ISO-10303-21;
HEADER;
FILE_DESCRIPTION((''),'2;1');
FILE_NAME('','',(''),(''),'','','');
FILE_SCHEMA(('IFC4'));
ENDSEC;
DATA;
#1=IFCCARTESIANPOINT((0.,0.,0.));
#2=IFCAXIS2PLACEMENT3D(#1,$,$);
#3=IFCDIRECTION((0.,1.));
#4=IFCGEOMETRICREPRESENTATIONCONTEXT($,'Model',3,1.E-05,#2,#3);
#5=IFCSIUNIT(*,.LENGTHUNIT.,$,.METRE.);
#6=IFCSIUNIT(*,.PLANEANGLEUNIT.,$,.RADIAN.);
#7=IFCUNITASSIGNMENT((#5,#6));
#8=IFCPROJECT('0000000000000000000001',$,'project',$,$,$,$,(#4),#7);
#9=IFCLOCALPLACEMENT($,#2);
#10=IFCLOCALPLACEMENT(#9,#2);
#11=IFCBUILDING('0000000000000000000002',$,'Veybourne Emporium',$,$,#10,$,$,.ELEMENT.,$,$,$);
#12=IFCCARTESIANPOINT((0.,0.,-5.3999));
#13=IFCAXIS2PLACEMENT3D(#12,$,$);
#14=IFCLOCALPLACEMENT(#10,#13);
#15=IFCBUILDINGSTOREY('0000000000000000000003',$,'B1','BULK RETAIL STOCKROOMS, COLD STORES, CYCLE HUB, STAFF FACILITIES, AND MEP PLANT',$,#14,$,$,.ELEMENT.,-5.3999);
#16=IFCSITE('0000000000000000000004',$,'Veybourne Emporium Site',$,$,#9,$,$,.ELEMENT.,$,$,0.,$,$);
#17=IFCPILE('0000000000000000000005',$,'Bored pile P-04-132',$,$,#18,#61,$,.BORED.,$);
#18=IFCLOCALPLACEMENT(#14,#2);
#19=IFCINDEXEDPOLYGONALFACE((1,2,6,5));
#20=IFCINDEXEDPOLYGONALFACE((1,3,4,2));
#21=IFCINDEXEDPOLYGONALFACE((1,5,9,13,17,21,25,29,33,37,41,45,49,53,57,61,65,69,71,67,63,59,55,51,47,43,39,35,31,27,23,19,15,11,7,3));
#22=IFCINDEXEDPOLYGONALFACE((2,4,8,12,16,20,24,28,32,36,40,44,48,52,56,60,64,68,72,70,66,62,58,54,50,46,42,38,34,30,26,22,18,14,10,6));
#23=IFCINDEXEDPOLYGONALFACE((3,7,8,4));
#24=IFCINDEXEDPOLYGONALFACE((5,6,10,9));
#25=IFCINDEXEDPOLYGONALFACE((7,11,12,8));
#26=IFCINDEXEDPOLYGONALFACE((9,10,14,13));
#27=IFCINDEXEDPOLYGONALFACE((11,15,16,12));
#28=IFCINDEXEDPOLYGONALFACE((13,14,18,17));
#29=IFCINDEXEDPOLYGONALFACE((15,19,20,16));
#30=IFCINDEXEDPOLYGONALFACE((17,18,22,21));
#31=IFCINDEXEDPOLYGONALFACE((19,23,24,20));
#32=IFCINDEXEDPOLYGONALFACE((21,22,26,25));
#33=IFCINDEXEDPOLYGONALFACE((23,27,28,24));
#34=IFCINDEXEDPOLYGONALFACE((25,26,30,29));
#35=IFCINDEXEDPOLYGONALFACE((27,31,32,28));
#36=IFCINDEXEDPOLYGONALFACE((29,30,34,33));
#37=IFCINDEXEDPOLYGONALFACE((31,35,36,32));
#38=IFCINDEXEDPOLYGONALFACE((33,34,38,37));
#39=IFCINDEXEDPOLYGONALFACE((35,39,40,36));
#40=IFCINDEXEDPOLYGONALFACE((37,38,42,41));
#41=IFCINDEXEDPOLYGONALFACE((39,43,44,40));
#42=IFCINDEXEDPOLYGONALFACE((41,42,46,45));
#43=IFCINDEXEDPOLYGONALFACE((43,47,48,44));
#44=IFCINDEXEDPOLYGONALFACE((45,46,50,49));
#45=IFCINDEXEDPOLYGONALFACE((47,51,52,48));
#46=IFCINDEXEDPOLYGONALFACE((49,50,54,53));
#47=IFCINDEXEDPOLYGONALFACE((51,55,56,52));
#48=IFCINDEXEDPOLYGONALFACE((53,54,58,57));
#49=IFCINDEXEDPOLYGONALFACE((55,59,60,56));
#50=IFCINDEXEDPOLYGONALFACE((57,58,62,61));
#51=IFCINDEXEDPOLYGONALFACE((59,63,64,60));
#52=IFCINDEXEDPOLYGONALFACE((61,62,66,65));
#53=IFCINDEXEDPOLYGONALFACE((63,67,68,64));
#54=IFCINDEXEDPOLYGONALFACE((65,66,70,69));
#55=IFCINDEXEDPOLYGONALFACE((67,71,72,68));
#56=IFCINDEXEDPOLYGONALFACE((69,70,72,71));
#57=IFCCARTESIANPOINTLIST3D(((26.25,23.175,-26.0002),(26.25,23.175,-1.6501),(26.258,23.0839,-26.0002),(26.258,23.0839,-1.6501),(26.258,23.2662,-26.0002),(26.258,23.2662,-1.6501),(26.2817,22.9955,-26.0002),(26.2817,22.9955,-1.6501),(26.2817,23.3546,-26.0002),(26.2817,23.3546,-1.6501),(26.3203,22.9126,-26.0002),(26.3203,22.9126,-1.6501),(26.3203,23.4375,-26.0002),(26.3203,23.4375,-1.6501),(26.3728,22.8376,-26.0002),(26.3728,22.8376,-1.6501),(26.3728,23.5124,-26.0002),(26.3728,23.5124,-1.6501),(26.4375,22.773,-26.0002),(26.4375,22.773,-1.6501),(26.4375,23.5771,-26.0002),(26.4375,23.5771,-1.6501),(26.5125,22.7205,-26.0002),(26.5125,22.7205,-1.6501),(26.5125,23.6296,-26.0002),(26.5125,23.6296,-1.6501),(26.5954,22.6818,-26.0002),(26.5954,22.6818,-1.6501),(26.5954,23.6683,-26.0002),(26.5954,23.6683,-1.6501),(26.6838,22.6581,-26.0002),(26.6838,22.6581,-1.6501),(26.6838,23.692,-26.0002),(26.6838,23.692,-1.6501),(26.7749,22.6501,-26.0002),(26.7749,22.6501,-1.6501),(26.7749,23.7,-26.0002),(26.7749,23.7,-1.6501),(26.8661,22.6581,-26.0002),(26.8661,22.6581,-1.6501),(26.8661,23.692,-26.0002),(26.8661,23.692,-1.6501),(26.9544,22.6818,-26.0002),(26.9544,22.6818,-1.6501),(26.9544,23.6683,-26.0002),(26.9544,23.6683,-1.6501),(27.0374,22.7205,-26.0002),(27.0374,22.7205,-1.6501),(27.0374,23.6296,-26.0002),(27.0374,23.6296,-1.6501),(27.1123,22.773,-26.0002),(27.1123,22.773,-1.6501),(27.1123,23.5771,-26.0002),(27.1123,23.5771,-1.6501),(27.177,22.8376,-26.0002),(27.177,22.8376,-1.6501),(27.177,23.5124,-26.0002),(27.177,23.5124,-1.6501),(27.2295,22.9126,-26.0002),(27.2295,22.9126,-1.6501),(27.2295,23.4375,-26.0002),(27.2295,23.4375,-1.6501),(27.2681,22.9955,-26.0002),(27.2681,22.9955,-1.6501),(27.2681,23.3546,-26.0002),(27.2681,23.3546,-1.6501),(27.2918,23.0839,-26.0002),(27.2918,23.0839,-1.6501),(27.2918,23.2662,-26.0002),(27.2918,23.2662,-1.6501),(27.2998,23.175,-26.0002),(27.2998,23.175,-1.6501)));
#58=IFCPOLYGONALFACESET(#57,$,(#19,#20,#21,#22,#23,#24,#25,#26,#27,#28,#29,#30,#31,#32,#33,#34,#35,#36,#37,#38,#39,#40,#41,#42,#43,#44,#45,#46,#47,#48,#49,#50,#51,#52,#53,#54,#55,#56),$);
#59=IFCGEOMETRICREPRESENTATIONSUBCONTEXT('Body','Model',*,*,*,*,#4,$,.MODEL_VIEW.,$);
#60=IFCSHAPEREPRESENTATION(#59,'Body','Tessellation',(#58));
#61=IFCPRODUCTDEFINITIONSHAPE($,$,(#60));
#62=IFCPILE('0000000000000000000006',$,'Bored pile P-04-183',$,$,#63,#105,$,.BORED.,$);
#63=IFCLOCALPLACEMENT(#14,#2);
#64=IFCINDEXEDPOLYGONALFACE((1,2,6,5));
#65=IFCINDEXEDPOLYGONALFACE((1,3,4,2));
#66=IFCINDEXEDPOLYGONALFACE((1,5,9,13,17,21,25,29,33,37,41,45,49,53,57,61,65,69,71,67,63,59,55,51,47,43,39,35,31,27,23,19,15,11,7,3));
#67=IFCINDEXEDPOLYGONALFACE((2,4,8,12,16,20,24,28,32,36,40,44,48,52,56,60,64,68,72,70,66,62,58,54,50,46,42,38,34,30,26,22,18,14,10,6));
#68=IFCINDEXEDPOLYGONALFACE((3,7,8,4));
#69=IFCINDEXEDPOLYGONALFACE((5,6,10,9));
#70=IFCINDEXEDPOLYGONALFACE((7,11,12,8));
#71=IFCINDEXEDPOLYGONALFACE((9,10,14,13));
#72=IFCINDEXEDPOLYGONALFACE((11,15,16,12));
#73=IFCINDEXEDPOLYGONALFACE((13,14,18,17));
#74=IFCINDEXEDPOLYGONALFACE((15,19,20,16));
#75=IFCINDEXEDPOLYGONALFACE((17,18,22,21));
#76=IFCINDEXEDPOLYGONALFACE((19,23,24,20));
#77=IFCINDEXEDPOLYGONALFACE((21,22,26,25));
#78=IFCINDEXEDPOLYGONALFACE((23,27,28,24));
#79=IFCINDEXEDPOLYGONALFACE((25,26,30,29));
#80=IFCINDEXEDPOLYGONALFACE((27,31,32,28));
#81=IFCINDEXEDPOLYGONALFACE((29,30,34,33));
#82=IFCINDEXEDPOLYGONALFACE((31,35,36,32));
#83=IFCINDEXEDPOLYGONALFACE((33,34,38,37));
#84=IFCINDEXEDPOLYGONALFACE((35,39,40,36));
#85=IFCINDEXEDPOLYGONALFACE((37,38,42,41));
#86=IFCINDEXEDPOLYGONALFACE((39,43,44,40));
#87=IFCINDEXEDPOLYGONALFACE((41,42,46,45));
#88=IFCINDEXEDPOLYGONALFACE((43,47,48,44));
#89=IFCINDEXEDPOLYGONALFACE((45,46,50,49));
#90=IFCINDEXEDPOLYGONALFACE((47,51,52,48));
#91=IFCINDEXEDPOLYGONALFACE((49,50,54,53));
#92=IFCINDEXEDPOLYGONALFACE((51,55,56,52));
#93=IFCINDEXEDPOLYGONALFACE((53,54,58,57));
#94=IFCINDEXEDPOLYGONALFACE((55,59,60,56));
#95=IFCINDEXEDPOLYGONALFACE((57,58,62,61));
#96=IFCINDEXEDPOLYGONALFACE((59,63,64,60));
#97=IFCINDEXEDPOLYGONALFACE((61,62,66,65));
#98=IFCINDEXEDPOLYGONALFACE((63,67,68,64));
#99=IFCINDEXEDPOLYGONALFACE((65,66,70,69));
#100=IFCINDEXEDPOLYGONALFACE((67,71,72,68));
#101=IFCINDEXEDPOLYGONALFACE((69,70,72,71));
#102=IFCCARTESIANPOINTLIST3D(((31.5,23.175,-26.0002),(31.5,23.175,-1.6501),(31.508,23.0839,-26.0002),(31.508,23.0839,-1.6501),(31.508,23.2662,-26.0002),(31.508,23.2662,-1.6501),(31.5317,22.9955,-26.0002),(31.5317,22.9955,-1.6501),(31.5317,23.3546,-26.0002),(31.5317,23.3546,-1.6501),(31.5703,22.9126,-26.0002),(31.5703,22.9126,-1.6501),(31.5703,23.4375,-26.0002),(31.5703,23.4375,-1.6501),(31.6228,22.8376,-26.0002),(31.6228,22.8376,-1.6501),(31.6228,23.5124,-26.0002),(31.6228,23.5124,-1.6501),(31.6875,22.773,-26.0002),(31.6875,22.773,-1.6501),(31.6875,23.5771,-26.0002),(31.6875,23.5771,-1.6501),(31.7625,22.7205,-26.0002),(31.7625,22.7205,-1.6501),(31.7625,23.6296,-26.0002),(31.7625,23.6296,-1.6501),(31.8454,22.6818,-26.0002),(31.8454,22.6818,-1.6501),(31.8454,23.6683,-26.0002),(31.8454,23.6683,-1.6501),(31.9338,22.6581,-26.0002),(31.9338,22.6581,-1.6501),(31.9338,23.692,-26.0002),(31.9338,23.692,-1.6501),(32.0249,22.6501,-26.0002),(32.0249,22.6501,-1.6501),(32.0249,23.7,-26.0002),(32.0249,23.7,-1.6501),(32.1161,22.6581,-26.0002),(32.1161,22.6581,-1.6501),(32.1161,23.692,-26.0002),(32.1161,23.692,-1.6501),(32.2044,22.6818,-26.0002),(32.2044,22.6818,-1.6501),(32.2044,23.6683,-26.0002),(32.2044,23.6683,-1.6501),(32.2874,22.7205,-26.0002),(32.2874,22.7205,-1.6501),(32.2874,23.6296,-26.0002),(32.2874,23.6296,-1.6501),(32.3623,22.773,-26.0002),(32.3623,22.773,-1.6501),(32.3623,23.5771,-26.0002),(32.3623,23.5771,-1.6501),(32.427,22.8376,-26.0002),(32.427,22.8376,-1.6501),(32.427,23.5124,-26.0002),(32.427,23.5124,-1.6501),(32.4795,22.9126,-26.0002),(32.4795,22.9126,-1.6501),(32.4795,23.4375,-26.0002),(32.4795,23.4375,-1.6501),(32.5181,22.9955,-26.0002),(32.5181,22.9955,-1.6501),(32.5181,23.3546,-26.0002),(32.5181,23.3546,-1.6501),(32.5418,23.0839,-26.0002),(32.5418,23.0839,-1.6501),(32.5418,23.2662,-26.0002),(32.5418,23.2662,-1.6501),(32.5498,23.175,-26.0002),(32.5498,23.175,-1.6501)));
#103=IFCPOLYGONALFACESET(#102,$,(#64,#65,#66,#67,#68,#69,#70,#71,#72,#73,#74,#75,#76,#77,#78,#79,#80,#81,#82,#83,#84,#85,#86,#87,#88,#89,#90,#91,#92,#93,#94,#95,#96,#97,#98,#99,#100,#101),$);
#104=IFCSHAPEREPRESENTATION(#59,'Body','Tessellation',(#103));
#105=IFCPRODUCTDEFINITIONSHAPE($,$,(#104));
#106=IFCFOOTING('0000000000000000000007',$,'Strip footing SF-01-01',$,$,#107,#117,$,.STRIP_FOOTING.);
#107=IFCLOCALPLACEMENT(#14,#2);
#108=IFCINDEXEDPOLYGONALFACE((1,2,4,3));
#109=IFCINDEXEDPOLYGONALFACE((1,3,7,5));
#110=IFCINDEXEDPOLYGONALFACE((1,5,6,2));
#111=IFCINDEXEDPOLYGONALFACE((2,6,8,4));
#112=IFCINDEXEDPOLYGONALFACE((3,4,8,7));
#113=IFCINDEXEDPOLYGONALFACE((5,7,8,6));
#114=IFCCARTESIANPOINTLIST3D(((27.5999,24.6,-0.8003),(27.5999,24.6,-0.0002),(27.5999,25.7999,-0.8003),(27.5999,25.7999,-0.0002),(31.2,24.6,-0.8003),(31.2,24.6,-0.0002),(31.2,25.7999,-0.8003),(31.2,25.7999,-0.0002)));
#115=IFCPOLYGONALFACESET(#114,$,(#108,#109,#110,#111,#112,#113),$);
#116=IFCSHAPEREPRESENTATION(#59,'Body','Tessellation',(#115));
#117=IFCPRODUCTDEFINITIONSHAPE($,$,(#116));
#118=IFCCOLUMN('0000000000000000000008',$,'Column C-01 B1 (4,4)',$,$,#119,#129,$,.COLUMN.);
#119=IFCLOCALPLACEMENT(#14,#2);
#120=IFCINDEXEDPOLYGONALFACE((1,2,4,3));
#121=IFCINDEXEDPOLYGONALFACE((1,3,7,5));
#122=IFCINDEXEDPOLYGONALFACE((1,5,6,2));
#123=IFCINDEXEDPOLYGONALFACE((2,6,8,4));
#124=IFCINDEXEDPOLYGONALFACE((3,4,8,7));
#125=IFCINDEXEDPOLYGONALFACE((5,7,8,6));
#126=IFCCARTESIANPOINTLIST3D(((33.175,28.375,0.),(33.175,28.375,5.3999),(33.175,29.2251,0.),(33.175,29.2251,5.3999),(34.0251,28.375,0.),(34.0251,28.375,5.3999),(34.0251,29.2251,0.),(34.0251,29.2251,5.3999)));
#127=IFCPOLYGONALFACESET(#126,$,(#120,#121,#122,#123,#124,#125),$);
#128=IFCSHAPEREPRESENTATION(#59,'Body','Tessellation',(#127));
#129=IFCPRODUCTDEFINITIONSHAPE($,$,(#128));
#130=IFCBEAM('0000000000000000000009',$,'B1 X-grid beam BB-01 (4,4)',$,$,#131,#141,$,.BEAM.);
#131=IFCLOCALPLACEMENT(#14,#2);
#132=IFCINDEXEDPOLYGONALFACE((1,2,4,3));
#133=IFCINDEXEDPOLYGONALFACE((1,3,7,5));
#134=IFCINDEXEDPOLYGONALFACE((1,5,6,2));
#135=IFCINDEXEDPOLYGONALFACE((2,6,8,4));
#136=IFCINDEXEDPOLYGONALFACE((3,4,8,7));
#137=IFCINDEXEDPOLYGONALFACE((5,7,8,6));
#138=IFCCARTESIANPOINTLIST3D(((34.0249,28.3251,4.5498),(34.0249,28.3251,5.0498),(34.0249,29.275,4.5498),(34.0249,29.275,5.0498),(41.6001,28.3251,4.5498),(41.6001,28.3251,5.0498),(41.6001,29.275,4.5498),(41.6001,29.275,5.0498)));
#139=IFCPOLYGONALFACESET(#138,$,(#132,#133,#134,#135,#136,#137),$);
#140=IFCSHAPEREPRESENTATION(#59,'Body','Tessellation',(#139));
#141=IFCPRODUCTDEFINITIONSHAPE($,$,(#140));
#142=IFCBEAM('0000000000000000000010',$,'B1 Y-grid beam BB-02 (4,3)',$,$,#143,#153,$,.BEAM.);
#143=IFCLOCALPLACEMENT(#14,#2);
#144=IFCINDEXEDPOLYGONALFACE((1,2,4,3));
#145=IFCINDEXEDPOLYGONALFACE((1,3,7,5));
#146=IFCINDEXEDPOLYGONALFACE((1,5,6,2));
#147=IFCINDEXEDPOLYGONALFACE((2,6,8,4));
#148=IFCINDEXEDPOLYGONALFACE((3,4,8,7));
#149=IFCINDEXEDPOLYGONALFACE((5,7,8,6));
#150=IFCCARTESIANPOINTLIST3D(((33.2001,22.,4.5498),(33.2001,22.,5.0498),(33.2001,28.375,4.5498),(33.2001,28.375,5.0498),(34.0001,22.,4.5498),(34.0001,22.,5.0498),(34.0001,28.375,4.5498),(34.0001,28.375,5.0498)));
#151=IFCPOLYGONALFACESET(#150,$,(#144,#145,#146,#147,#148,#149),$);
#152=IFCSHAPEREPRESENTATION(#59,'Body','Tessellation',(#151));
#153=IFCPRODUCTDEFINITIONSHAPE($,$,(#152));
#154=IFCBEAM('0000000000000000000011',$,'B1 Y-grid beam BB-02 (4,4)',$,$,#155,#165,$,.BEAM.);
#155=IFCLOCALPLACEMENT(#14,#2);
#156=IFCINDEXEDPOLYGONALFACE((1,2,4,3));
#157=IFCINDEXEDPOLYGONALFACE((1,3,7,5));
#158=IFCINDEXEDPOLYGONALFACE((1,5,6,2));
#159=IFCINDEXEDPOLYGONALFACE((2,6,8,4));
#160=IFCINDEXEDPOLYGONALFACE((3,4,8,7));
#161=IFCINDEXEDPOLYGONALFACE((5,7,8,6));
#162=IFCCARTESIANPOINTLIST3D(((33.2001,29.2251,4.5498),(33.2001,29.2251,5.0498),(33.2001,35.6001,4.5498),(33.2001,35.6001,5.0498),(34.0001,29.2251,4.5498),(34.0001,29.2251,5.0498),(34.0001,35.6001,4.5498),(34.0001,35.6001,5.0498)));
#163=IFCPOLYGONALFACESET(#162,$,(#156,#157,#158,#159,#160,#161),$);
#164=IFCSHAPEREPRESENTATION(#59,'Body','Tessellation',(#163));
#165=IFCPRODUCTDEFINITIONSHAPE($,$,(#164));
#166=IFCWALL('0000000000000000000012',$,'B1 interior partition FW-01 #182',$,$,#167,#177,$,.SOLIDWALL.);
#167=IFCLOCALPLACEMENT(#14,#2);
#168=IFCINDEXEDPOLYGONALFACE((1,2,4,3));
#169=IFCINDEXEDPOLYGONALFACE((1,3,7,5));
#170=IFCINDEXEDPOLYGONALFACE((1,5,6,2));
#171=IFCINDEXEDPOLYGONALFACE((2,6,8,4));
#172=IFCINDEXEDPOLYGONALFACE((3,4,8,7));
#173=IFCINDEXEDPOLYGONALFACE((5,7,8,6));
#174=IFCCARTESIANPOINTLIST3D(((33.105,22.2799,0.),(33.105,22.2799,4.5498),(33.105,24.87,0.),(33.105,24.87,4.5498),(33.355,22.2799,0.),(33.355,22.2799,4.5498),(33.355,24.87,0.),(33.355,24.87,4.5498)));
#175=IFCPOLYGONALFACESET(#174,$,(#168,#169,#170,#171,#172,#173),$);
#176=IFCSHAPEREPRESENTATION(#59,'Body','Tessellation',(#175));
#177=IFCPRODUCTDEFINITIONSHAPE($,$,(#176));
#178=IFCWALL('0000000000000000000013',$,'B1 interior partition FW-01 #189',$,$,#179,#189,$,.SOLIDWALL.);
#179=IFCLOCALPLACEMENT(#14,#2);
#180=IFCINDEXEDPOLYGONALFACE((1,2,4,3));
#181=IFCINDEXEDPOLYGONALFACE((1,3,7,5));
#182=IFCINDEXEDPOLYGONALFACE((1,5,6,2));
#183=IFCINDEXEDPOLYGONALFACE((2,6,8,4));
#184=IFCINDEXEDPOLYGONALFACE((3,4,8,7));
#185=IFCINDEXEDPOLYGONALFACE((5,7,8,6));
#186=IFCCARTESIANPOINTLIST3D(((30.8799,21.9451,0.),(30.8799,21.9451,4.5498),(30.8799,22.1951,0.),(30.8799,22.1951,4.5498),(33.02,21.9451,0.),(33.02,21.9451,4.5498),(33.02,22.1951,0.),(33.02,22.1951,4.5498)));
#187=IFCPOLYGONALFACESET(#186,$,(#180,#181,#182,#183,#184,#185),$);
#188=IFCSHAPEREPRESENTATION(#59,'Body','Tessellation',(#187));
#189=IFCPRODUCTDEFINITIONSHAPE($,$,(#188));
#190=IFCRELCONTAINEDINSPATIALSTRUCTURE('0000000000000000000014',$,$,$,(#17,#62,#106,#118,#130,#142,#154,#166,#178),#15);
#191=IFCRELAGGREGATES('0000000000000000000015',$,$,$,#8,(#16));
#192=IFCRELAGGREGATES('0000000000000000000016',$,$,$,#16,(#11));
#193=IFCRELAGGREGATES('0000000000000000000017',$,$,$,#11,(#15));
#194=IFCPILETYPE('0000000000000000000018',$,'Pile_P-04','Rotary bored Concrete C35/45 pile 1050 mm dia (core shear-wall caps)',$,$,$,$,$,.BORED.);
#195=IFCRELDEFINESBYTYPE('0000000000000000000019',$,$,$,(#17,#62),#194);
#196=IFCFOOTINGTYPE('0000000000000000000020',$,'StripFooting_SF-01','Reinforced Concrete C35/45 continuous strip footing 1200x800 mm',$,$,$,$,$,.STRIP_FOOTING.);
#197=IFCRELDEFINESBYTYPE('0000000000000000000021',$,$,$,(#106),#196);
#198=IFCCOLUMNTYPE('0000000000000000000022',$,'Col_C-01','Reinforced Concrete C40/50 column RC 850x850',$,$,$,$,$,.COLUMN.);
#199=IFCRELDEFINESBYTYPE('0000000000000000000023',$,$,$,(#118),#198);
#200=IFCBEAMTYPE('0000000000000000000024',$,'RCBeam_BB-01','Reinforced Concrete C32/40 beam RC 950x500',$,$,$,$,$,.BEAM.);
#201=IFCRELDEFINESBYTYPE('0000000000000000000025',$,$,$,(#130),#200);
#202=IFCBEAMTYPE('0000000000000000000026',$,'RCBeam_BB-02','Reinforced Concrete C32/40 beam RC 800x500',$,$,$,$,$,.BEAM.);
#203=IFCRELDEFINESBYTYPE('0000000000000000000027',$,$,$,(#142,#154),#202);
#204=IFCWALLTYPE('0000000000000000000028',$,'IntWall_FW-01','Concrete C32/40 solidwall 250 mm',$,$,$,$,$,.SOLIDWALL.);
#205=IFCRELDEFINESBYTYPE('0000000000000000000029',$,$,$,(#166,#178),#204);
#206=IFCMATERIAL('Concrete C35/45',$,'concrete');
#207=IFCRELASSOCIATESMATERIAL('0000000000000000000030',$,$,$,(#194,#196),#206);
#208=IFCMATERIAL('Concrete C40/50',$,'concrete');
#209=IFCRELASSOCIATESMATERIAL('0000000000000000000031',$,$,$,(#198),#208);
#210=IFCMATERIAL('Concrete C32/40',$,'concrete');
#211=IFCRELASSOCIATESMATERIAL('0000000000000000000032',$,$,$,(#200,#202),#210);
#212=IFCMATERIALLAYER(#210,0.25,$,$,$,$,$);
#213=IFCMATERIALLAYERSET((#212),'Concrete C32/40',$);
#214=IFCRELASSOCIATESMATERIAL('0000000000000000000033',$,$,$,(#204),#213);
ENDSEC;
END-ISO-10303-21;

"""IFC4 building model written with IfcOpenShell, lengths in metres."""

from ifc_helpers import new_model, si_unit, direction, frame, frame_2d, origin, origin_2d, place, context, subcontext, project, spatial, rectangle, circle, extrude, material, layer, layer_set, material_profile, profile_set, type_object, element, save


model = new_model("IFC4")

# Units and contexts
model_context = context("Model", 3, precision=1e-05, world=origin(), true_north=direction((0.0, 1.0)))
body_context = subcontext(model_context, "Body", "Model", "MODEL_VIEW")
ifc_project = project(units=[si_unit("LENGTHUNIT", "METRE"), si_unit("PLANEANGLEUNIT", "RADIAN")], contexts=[model_context])

# Site, building, storey
site_placement = place(None, origin())
site = spatial("IfcSite", under=ifc_project, at=site_placement, Name="Veybourne Emporium Site", CompositionType="ELEMENT", RefElevation=0.0)
building_placement = place(site_placement, origin())
building = spatial("IfcBuilding", under=site, at=building_placement, Name="Veybourne Emporium", CompositionType="ELEMENT")
storey_placement = place(building_placement, frame((0.0, 0.0, -5.3999)))
storey = spatial("IfcBuildingStorey", under=building, at=storey_placement, Name="B1", Description="BULK RETAIL STOCKROOMS, COLD STORES, CYCLE HUB, STAFF FACILITIES, AND MEP PLANT", CompositionType="ELEMENT", Elevation=-5.3999)

# Shared definitions
ifc_material_1 = material(Name="Concrete C35/45", Category="concrete")

# Piles
ifc_material_profile_1 = material_profile(ifc_material_1, circle(Radius=0.5249, at=origin_2d()), Name="BORED PILE 1050")
ifc_profile_set_1 = profile_set([ifc_material_profile_1], Name="Concrete C35/45")
pile_type_1 = type_object("IfcPileType", Name="Pile_P-04", Description="Rotary bored Concrete C35/45 pile 1050 mm dia (core shear-wall caps)", PredefinedType="BORED", material=ifc_profile_set_1)
for number, where, z_axis, x_axis, name in (
    (1, (26.7749, 23.175, -1.6501), (0.0, 0.0, -1.0), (1.0, 0.0, 0.0), "Bored pile P-04-132"),
    (2, (32.0249, 23.175, -1.6501), (0.0, 0.0, -1.0), (1.0, 0.0, 0.0), "Bored pile P-04-183"),
):
    element("IfcPile", number, at=place(storey_placement, frame(where, z_axis=z_axis, x_axis=x_axis)), inside=storey, type_object=pile_type_1, Name=name, PredefinedType="BORED", context=body_context, shape_type="SweptSolid", body=[
        extrude(circle(Radius=0.5249, at=origin_2d()), origin(), (0.0, 0.0, 1.0), 24.3501),
    ])

# Footing
footing_type_1 = type_object("IfcFootingType", Name="StripFooting_SF-01", Description="Reinforced Concrete C35/45 continuous strip footing 1200x800 mm", PredefinedType="STRIP_FOOTING", material=ifc_material_1)
footing_1_placement = place(storey_placement, frame((29.3999, 25.2, -0.8003), z_axis=(0.0, 0.0, 1.0), x_axis=(1.0, 0.0, 0.0)))
element("IfcFooting", 3, at=footing_1_placement, inside=storey, type_object=footing_type_1, Name="Strip footing SF-01-01", PredefinedType="STRIP_FOOTING", context=body_context, shape_type="SweptSolid", body=[
    extrude(rectangle(XDim=3.6001, YDim=1.2, at=origin_2d()), origin(), (0.0, 0.0, 1.0), 0.8),
])

# Column
ifc_material_2 = material(Name="Concrete C40/50", Category="concrete")
ifc_material_profile_2 = material_profile(ifc_material_2, rectangle(XDim=0.8501, YDim=0.8501, at=origin_2d()), Name="RC 850x850")
ifc_profile_set_2 = profile_set([ifc_material_profile_2], Name="Concrete C40/50")
column_type = type_object("IfcColumnType", Name="Col_C-01", Description="Reinforced Concrete C40/50 column RC 850x850", PredefinedType="COLUMN", material=ifc_profile_set_2)
column_placement = place(storey_placement, frame((33.6001, 28.8, 0.0), z_axis=(0.0, 0.0, 1.0), x_axis=(1.0, 0.0, 0.0)))
element("IfcColumn", 4, at=column_placement, inside=storey, type_object=column_type, Name="Column C-01 B1 (4,4)", PredefinedType="COLUMN", context=body_context, shape_type="SweptSolid", body=[
    extrude(rectangle(XDim=0.8501, YDim=0.8501, at=origin_2d()), origin(), (0.0, 0.0, 1.0), 5.3999),
])

# Beams
ifc_material_3 = material(Name="Concrete C32/40", Category="concrete")
ifc_material_profile_3 = material_profile(ifc_material_3, rectangle(XDim=0.95, YDim=0.5, at=origin_2d()), Name="RC 950x500")
ifc_profile_set_3 = profile_set([ifc_material_profile_3], Name="Concrete C32/40")
beam_type_1 = type_object("IfcBeamType", Name="RCBeam_BB-01", Description="Reinforced Concrete C32/40 beam RC 950x500", PredefinedType="BEAM", material=ifc_profile_set_3)
beam_placement = place(storey_placement, frame((34.0249, 28.8, 4.7998), z_axis=(1.0, 0.0, 0.0), x_axis=(0.0, 1.0, 0.0)))
element("IfcBeam", 5, at=beam_placement, inside=storey, type_object=beam_type_1, Name="B1 X-grid beam BB-01 (4,4)", PredefinedType="BEAM", context=body_context, shape_type="SweptSolid", body=[
    extrude(rectangle(XDim=0.95, YDim=0.5, at=origin_2d()), origin(), (0.0, 0.0, 1.0), 7.5752),
])
ifc_material_profile_4 = material_profile(ifc_material_3, rectangle(XDim=0.8, YDim=0.5, at=origin_2d()), Name="RC 800x500")
ifc_profile_set_4 = profile_set([ifc_material_profile_4], Name="Concrete C32/40")
beam_type_2 = type_object("IfcBeamType", Name="RCBeam_BB-02", Description="Reinforced Concrete C32/40 beam RC 800x500", PredefinedType="BEAM", material=ifc_profile_set_4)
for number, where, z_axis, x_axis, name in (
    (6, (33.6001, 22.0, 4.7998), (0.0, 1.0, 0.0), (-1.0, 0.0, 0.0), "B1 Y-grid beam BB-02 (4,3)"),
    (7, (33.6001, 29.2251, 4.7998), (0.0, 1.0, 0.0), (-1.0, 0.0, 0.0), "B1 Y-grid beam BB-02 (4,4)"),
):
    element("IfcBeam", number, at=place(storey_placement, frame(where, z_axis=z_axis, x_axis=x_axis)), inside=storey, type_object=beam_type_2, Name=name, PredefinedType="BEAM", context=body_context, shape_type="SweptSolid", body=[
        extrude(rectangle(XDim=0.8, YDim=0.5, at=origin_2d()), origin(), (0.0, 0.0, 1.0), 6.375),
    ])

# Walls
ifc_layer_1 = layer(ifc_material_3, 0.25)
ifc_layer_set_1 = layer_set([ifc_layer_1], Name="Concrete C32/40")
wall_type_1 = type_object("IfcWallType", Name="IntWall_FW-01", Description="Concrete C32/40 solidwall 250 mm", PredefinedType="SOLIDWALL", material=ifc_layer_set_1)
wall_1_placement = place(storey_placement, frame((33.23, 22.28, 0.0), z_axis=(0.0, 0.0, 1.0), x_axis=(0.0, 1.0, 0.0)))
element("IfcWall", 8, at=wall_1_placement, inside=storey, type_object=wall_type_1, Name="B1 interior partition FW-01 #182", PredefinedType="SOLIDWALL", context=body_context, shape_type="SweptSolid", body=[
    extrude(rectangle(XDim=2.5901, YDim=0.25, at=frame_2d((1.2949, 0.0))), origin(), (0.0, 0.0, 1.0), 4.5498),
])
wall_2_placement = place(storey_placement, frame((30.8799, 22.0701, 0.0), z_axis=(0.0, 0.0, 1.0), x_axis=(1.0, 0.0, 0.0)))
element("IfcWall", 9, at=wall_2_placement, inside=storey, type_object=wall_type_1, Name="B1 interior partition FW-01 #189", PredefinedType="SOLIDWALL", context=body_context, shape_type="SweptSolid", body=[
    extrude(rectangle(XDim=2.1401, YDim=0.25, at=frame_2d((1.0701, 0.0))), origin(), (0.0, 0.0, 1.0), 4.5498),
])

save(model, "model.ifc")
